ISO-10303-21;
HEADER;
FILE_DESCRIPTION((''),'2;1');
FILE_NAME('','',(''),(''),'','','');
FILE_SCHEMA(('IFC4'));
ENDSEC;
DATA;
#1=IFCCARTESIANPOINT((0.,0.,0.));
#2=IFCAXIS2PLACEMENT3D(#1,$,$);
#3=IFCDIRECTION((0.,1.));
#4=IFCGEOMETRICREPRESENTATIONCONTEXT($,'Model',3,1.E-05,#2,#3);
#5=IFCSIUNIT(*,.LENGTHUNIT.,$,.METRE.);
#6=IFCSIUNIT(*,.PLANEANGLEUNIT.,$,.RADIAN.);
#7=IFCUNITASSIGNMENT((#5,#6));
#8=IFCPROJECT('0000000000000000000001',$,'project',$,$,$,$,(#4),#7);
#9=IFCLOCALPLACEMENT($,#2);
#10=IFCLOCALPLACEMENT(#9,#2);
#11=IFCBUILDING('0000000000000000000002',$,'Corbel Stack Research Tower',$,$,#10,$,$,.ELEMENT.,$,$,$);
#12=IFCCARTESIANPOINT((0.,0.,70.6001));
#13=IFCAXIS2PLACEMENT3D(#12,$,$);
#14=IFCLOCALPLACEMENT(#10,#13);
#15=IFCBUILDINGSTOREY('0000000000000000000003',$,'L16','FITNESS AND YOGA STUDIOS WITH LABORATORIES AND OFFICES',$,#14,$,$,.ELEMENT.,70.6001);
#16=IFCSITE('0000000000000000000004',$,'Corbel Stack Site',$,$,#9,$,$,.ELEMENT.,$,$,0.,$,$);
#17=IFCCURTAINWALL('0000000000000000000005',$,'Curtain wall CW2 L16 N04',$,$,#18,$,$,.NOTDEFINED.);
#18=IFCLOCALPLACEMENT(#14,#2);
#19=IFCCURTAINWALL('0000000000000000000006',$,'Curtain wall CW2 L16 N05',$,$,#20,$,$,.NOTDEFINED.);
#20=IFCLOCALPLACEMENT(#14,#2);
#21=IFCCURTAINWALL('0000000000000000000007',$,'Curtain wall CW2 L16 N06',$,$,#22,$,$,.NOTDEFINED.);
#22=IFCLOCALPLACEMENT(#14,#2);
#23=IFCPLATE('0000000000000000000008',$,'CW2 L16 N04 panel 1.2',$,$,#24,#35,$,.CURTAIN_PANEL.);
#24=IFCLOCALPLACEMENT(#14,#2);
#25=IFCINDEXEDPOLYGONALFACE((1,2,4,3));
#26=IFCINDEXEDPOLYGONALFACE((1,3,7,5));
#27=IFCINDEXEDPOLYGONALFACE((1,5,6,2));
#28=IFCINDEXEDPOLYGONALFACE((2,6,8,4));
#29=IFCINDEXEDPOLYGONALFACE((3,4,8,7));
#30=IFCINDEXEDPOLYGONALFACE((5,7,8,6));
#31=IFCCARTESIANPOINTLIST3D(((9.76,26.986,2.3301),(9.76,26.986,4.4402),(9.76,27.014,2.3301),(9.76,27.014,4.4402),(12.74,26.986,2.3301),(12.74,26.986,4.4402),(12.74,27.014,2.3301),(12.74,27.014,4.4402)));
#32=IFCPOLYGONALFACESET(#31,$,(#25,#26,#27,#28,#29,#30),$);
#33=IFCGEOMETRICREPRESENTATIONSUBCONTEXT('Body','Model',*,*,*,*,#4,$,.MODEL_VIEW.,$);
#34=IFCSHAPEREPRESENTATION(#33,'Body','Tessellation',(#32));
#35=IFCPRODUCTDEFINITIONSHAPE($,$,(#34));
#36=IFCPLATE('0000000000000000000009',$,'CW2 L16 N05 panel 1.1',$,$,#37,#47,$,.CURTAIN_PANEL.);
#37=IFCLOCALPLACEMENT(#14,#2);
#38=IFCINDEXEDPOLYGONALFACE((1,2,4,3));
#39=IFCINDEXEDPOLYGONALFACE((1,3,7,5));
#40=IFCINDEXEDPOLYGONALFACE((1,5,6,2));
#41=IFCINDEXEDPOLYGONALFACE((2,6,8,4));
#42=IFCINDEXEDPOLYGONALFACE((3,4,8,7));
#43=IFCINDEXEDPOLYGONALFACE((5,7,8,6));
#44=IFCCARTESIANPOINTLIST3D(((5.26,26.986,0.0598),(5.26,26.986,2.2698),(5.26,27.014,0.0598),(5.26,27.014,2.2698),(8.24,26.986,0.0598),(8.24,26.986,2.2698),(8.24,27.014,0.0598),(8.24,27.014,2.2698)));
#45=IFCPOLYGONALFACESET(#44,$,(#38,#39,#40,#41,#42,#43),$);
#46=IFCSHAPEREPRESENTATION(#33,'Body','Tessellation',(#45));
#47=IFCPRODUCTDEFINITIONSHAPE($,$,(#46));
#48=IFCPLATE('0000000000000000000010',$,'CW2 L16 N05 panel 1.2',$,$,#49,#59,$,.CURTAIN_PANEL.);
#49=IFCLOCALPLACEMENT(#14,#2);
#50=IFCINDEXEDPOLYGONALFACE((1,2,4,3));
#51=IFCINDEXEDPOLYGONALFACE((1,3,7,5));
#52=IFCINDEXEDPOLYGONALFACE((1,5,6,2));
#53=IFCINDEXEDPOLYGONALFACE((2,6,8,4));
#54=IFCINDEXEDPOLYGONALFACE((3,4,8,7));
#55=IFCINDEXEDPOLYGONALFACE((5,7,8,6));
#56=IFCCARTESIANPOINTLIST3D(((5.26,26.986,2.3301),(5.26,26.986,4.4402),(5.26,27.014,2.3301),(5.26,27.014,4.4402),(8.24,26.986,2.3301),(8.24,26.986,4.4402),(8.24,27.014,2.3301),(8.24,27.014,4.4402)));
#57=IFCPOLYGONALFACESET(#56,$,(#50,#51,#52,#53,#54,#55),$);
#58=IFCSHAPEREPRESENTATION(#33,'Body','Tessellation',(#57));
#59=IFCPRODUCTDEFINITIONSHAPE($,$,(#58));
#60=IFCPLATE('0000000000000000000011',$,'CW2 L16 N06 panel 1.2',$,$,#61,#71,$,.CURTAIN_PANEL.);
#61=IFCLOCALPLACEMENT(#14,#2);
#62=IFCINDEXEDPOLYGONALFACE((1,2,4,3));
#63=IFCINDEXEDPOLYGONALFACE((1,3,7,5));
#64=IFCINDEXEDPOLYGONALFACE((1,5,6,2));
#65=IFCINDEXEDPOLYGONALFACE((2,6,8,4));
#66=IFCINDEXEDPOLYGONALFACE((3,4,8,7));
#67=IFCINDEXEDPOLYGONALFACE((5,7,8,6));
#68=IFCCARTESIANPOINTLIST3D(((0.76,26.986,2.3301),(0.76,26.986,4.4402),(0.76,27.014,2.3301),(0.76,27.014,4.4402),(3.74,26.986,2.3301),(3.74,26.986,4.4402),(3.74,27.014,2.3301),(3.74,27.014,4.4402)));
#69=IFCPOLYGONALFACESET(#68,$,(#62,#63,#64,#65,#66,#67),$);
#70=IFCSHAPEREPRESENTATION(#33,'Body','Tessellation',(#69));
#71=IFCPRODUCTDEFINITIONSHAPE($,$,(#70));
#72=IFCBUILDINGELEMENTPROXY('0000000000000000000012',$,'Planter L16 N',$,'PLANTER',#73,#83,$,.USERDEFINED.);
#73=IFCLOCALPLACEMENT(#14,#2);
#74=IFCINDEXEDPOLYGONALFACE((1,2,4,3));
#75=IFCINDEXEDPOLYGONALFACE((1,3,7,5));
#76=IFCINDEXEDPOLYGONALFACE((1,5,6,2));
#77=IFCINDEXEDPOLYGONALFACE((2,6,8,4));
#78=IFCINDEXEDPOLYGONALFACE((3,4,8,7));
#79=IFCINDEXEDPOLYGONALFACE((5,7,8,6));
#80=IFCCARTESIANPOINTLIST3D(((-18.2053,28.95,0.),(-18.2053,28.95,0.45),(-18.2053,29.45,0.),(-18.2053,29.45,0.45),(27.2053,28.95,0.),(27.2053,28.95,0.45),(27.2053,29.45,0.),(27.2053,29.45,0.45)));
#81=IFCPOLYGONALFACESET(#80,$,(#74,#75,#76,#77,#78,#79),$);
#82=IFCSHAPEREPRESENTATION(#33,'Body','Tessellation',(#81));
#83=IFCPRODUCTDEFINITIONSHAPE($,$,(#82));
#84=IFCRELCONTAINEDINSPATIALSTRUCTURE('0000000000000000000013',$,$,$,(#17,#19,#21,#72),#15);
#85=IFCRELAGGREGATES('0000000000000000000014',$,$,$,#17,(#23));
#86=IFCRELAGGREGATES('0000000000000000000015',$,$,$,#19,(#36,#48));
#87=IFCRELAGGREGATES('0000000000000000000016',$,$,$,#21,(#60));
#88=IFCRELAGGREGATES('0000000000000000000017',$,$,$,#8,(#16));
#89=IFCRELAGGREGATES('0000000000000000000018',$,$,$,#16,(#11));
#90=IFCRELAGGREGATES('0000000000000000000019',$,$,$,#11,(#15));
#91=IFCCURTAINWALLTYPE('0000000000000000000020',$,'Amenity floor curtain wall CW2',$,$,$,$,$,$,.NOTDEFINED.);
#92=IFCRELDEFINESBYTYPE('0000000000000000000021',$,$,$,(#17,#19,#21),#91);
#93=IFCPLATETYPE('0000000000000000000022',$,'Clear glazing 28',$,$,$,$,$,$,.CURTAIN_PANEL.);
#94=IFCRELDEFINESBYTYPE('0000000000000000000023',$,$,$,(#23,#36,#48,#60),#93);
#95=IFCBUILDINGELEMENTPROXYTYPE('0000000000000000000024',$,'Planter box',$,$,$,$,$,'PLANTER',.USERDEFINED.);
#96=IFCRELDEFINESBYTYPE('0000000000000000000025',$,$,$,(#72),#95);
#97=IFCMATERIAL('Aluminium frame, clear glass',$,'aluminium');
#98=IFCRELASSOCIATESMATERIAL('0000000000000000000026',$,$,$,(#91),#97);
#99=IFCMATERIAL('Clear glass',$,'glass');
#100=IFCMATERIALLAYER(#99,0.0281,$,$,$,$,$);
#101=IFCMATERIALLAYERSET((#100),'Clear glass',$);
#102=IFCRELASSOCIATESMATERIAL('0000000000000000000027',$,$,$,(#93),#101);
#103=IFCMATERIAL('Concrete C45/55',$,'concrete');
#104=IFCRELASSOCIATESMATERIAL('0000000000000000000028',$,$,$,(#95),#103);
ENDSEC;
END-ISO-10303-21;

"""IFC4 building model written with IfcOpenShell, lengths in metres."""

from ifc_helpers import new_model, si_unit, direction, frame, origin, origin_2d, place, context, subcontext, project, spatial, rectangle, extrude, material, layer, layer_set, type_object, element, aggregate, save


model = new_model("IFC4")

# Units and contexts
model_context = context("Model", 3, precision=1e-05, world=origin(), true_north=direction((0.0, 1.0)))
body_context = subcontext(model_context, "Body", "Model", "MODEL_VIEW")
ifc_project = project(units=[si_unit("LENGTHUNIT", "METRE"), si_unit("PLANEANGLEUNIT", "RADIAN")], contexts=[model_context])

# Site, building, storey
site_placement = place(None, origin())
site = spatial("IfcSite", under=ifc_project, at=site_placement, Name="Corbel Stack Site", CompositionType="ELEMENT", RefElevation=0.0)
building_placement = place(site_placement, origin())
building = spatial("IfcBuilding", under=site, at=building_placement, Name="Corbel Stack Research Tower", CompositionType="ELEMENT")
storey_placement = place(building_placement, frame((0.0, 0.0, 70.6001)))
storey = spatial("IfcBuildingStorey", under=building, at=storey_placement, Name="L16", Description="FITNESS AND YOGA STUDIOS WITH LABORATORIES AND OFFICES", CompositionType="ELEMENT", Elevation=70.6001)

# Curtain walls
ifc_material_1 = material(Name="Aluminium frame, clear glass", Category="aluminium")
curtain_wall_type = type_object("IfcCurtainWallType", Name="Amenity floor curtain wall CW2", PredefinedType="NOTDEFINED", material=ifc_material_1)
curtain_wall_1_placement = place(storey_placement, origin())
curtain_wall_1 = element("IfcCurtainWall", 1, at=curtain_wall_1_placement, inside=storey, type_object=curtain_wall_type, Name="Curtain wall CW2 L16 N04", PredefinedType="NOTDEFINED")
curtain_wall_2_placement = place(storey_placement, origin())
curtain_wall_2 = element("IfcCurtainWall", 2, at=curtain_wall_2_placement, inside=storey, type_object=curtain_wall_type, Name="Curtain wall CW2 L16 N05", PredefinedType="NOTDEFINED")

# Curtain wall
curtain_wall_3_placement = place(storey_placement, origin())
curtain_wall_3 = element("IfcCurtainWall", 3, at=curtain_wall_3_placement, inside=storey, type_object=curtain_wall_type, Name="Curtain wall CW2 L16 N06", PredefinedType="NOTDEFINED")

# Plates
ifc_material_2 = material(Name="Clear glass", Category="glass")
ifc_layer = layer(ifc_material_2, 0.0281)
ifc_layer_set = layer_set([ifc_layer], Name="Clear glass")
plate_type = type_object("IfcPlateType", Name="Clear glazing 28", PredefinedType="CURTAIN_PANEL", material=ifc_layer_set)
plate_1_placement = place(storey_placement, frame((11.25, 27.0, 2.3301), z_axis=(0.0, 0.0, 1.0), x_axis=(-1.0, 0.0, 0.0)))
plate_1 = element("IfcPlate", 4, at=plate_1_placement, type_object=plate_type, Name="CW2 L16 N04 panel 1.2", PredefinedType="CURTAIN_PANEL", context=body_context, shape_type="SweptSolid", body=[
    extrude(rectangle(XDim=2.98, YDim=0.0281, at=origin_2d()), origin(), (0.0, 0.0, 1.0), 2.1101),
])
aggregate(curtain_wall_1, [plate_1])
plate_2_placement = place(storey_placement, frame((6.75, 27.0, 0.0598), z_axis=(0.0, 0.0, 1.0), x_axis=(-1.0, 0.0, 0.0)))
plate_2 = element("IfcPlate", 5, at=plate_2_placement, type_object=plate_type, Name="CW2 L16 N05 panel 1.1", PredefinedType="CURTAIN_PANEL", context=body_context, shape_type="SweptSolid", body=[
    extrude(rectangle(XDim=2.98, YDim=0.0281, at=origin_2d()), origin(), (0.0, 0.0, 1.0), 2.21),
])
plate_3_placement = place(storey_placement, frame((6.75, 27.0, 2.3301), z_axis=(0.0, 0.0, 1.0), x_axis=(-1.0, 0.0, 0.0)))
plate_3 = element("IfcPlate", 6, at=plate_3_placement, type_object=plate_type, Name="CW2 L16 N05 panel 1.2", PredefinedType="CURTAIN_PANEL", context=body_context, shape_type="SweptSolid", body=[
    extrude(rectangle(XDim=2.98, YDim=0.0281, at=origin_2d()), origin(), (0.0, 0.0, 1.0), 2.1101),
])
aggregate(curtain_wall_2, [plate_2, plate_3])
plate_4_placement = place(storey_placement, frame((2.25, 27.0, 2.3301), z_axis=(0.0, 0.0, 1.0), x_axis=(-1.0, 0.0, 0.0)))
plate_4 = element("IfcPlate", 7, at=plate_4_placement, type_object=plate_type, Name="CW2 L16 N06 panel 1.2", PredefinedType="CURTAIN_PANEL", context=body_context, shape_type="SweptSolid", body=[
    extrude(rectangle(XDim=2.98, YDim=0.0281, at=origin_2d()), origin(), (0.0, 0.0, 1.0), 2.1101),
])
aggregate(curtain_wall_3, [plate_4])

# Building element proxy
ifc_material_3 = material(Name="Concrete C45/55", Category="concrete")
building_element_proxy_type = type_object("IfcBuildingElementProxyType", Name="Planter box", ElementType="PLANTER", PredefinedType="USERDEFINED", material=ifc_material_3)
proxy_placement = place(storey_placement, frame((4.5, 29.2, 0.0), z_axis=(0.0, 0.0, 1.0), x_axis=(-1.0, 0.0, 0.0)))
element("IfcBuildingElementProxy", 8, at=proxy_placement, inside=storey, type_object=building_element_proxy_type, Name="Planter L16 N", ObjectType="PLANTER", PredefinedType="USERDEFINED", context=body_context, shape_type="SweptSolid", body=[
    extrude(rectangle(XDim=45.4106, YDim=0.5, at=origin_2d()), origin(), (0.0, 0.0, 1.0), 0.45),
])

save(model, "model.ifc")
